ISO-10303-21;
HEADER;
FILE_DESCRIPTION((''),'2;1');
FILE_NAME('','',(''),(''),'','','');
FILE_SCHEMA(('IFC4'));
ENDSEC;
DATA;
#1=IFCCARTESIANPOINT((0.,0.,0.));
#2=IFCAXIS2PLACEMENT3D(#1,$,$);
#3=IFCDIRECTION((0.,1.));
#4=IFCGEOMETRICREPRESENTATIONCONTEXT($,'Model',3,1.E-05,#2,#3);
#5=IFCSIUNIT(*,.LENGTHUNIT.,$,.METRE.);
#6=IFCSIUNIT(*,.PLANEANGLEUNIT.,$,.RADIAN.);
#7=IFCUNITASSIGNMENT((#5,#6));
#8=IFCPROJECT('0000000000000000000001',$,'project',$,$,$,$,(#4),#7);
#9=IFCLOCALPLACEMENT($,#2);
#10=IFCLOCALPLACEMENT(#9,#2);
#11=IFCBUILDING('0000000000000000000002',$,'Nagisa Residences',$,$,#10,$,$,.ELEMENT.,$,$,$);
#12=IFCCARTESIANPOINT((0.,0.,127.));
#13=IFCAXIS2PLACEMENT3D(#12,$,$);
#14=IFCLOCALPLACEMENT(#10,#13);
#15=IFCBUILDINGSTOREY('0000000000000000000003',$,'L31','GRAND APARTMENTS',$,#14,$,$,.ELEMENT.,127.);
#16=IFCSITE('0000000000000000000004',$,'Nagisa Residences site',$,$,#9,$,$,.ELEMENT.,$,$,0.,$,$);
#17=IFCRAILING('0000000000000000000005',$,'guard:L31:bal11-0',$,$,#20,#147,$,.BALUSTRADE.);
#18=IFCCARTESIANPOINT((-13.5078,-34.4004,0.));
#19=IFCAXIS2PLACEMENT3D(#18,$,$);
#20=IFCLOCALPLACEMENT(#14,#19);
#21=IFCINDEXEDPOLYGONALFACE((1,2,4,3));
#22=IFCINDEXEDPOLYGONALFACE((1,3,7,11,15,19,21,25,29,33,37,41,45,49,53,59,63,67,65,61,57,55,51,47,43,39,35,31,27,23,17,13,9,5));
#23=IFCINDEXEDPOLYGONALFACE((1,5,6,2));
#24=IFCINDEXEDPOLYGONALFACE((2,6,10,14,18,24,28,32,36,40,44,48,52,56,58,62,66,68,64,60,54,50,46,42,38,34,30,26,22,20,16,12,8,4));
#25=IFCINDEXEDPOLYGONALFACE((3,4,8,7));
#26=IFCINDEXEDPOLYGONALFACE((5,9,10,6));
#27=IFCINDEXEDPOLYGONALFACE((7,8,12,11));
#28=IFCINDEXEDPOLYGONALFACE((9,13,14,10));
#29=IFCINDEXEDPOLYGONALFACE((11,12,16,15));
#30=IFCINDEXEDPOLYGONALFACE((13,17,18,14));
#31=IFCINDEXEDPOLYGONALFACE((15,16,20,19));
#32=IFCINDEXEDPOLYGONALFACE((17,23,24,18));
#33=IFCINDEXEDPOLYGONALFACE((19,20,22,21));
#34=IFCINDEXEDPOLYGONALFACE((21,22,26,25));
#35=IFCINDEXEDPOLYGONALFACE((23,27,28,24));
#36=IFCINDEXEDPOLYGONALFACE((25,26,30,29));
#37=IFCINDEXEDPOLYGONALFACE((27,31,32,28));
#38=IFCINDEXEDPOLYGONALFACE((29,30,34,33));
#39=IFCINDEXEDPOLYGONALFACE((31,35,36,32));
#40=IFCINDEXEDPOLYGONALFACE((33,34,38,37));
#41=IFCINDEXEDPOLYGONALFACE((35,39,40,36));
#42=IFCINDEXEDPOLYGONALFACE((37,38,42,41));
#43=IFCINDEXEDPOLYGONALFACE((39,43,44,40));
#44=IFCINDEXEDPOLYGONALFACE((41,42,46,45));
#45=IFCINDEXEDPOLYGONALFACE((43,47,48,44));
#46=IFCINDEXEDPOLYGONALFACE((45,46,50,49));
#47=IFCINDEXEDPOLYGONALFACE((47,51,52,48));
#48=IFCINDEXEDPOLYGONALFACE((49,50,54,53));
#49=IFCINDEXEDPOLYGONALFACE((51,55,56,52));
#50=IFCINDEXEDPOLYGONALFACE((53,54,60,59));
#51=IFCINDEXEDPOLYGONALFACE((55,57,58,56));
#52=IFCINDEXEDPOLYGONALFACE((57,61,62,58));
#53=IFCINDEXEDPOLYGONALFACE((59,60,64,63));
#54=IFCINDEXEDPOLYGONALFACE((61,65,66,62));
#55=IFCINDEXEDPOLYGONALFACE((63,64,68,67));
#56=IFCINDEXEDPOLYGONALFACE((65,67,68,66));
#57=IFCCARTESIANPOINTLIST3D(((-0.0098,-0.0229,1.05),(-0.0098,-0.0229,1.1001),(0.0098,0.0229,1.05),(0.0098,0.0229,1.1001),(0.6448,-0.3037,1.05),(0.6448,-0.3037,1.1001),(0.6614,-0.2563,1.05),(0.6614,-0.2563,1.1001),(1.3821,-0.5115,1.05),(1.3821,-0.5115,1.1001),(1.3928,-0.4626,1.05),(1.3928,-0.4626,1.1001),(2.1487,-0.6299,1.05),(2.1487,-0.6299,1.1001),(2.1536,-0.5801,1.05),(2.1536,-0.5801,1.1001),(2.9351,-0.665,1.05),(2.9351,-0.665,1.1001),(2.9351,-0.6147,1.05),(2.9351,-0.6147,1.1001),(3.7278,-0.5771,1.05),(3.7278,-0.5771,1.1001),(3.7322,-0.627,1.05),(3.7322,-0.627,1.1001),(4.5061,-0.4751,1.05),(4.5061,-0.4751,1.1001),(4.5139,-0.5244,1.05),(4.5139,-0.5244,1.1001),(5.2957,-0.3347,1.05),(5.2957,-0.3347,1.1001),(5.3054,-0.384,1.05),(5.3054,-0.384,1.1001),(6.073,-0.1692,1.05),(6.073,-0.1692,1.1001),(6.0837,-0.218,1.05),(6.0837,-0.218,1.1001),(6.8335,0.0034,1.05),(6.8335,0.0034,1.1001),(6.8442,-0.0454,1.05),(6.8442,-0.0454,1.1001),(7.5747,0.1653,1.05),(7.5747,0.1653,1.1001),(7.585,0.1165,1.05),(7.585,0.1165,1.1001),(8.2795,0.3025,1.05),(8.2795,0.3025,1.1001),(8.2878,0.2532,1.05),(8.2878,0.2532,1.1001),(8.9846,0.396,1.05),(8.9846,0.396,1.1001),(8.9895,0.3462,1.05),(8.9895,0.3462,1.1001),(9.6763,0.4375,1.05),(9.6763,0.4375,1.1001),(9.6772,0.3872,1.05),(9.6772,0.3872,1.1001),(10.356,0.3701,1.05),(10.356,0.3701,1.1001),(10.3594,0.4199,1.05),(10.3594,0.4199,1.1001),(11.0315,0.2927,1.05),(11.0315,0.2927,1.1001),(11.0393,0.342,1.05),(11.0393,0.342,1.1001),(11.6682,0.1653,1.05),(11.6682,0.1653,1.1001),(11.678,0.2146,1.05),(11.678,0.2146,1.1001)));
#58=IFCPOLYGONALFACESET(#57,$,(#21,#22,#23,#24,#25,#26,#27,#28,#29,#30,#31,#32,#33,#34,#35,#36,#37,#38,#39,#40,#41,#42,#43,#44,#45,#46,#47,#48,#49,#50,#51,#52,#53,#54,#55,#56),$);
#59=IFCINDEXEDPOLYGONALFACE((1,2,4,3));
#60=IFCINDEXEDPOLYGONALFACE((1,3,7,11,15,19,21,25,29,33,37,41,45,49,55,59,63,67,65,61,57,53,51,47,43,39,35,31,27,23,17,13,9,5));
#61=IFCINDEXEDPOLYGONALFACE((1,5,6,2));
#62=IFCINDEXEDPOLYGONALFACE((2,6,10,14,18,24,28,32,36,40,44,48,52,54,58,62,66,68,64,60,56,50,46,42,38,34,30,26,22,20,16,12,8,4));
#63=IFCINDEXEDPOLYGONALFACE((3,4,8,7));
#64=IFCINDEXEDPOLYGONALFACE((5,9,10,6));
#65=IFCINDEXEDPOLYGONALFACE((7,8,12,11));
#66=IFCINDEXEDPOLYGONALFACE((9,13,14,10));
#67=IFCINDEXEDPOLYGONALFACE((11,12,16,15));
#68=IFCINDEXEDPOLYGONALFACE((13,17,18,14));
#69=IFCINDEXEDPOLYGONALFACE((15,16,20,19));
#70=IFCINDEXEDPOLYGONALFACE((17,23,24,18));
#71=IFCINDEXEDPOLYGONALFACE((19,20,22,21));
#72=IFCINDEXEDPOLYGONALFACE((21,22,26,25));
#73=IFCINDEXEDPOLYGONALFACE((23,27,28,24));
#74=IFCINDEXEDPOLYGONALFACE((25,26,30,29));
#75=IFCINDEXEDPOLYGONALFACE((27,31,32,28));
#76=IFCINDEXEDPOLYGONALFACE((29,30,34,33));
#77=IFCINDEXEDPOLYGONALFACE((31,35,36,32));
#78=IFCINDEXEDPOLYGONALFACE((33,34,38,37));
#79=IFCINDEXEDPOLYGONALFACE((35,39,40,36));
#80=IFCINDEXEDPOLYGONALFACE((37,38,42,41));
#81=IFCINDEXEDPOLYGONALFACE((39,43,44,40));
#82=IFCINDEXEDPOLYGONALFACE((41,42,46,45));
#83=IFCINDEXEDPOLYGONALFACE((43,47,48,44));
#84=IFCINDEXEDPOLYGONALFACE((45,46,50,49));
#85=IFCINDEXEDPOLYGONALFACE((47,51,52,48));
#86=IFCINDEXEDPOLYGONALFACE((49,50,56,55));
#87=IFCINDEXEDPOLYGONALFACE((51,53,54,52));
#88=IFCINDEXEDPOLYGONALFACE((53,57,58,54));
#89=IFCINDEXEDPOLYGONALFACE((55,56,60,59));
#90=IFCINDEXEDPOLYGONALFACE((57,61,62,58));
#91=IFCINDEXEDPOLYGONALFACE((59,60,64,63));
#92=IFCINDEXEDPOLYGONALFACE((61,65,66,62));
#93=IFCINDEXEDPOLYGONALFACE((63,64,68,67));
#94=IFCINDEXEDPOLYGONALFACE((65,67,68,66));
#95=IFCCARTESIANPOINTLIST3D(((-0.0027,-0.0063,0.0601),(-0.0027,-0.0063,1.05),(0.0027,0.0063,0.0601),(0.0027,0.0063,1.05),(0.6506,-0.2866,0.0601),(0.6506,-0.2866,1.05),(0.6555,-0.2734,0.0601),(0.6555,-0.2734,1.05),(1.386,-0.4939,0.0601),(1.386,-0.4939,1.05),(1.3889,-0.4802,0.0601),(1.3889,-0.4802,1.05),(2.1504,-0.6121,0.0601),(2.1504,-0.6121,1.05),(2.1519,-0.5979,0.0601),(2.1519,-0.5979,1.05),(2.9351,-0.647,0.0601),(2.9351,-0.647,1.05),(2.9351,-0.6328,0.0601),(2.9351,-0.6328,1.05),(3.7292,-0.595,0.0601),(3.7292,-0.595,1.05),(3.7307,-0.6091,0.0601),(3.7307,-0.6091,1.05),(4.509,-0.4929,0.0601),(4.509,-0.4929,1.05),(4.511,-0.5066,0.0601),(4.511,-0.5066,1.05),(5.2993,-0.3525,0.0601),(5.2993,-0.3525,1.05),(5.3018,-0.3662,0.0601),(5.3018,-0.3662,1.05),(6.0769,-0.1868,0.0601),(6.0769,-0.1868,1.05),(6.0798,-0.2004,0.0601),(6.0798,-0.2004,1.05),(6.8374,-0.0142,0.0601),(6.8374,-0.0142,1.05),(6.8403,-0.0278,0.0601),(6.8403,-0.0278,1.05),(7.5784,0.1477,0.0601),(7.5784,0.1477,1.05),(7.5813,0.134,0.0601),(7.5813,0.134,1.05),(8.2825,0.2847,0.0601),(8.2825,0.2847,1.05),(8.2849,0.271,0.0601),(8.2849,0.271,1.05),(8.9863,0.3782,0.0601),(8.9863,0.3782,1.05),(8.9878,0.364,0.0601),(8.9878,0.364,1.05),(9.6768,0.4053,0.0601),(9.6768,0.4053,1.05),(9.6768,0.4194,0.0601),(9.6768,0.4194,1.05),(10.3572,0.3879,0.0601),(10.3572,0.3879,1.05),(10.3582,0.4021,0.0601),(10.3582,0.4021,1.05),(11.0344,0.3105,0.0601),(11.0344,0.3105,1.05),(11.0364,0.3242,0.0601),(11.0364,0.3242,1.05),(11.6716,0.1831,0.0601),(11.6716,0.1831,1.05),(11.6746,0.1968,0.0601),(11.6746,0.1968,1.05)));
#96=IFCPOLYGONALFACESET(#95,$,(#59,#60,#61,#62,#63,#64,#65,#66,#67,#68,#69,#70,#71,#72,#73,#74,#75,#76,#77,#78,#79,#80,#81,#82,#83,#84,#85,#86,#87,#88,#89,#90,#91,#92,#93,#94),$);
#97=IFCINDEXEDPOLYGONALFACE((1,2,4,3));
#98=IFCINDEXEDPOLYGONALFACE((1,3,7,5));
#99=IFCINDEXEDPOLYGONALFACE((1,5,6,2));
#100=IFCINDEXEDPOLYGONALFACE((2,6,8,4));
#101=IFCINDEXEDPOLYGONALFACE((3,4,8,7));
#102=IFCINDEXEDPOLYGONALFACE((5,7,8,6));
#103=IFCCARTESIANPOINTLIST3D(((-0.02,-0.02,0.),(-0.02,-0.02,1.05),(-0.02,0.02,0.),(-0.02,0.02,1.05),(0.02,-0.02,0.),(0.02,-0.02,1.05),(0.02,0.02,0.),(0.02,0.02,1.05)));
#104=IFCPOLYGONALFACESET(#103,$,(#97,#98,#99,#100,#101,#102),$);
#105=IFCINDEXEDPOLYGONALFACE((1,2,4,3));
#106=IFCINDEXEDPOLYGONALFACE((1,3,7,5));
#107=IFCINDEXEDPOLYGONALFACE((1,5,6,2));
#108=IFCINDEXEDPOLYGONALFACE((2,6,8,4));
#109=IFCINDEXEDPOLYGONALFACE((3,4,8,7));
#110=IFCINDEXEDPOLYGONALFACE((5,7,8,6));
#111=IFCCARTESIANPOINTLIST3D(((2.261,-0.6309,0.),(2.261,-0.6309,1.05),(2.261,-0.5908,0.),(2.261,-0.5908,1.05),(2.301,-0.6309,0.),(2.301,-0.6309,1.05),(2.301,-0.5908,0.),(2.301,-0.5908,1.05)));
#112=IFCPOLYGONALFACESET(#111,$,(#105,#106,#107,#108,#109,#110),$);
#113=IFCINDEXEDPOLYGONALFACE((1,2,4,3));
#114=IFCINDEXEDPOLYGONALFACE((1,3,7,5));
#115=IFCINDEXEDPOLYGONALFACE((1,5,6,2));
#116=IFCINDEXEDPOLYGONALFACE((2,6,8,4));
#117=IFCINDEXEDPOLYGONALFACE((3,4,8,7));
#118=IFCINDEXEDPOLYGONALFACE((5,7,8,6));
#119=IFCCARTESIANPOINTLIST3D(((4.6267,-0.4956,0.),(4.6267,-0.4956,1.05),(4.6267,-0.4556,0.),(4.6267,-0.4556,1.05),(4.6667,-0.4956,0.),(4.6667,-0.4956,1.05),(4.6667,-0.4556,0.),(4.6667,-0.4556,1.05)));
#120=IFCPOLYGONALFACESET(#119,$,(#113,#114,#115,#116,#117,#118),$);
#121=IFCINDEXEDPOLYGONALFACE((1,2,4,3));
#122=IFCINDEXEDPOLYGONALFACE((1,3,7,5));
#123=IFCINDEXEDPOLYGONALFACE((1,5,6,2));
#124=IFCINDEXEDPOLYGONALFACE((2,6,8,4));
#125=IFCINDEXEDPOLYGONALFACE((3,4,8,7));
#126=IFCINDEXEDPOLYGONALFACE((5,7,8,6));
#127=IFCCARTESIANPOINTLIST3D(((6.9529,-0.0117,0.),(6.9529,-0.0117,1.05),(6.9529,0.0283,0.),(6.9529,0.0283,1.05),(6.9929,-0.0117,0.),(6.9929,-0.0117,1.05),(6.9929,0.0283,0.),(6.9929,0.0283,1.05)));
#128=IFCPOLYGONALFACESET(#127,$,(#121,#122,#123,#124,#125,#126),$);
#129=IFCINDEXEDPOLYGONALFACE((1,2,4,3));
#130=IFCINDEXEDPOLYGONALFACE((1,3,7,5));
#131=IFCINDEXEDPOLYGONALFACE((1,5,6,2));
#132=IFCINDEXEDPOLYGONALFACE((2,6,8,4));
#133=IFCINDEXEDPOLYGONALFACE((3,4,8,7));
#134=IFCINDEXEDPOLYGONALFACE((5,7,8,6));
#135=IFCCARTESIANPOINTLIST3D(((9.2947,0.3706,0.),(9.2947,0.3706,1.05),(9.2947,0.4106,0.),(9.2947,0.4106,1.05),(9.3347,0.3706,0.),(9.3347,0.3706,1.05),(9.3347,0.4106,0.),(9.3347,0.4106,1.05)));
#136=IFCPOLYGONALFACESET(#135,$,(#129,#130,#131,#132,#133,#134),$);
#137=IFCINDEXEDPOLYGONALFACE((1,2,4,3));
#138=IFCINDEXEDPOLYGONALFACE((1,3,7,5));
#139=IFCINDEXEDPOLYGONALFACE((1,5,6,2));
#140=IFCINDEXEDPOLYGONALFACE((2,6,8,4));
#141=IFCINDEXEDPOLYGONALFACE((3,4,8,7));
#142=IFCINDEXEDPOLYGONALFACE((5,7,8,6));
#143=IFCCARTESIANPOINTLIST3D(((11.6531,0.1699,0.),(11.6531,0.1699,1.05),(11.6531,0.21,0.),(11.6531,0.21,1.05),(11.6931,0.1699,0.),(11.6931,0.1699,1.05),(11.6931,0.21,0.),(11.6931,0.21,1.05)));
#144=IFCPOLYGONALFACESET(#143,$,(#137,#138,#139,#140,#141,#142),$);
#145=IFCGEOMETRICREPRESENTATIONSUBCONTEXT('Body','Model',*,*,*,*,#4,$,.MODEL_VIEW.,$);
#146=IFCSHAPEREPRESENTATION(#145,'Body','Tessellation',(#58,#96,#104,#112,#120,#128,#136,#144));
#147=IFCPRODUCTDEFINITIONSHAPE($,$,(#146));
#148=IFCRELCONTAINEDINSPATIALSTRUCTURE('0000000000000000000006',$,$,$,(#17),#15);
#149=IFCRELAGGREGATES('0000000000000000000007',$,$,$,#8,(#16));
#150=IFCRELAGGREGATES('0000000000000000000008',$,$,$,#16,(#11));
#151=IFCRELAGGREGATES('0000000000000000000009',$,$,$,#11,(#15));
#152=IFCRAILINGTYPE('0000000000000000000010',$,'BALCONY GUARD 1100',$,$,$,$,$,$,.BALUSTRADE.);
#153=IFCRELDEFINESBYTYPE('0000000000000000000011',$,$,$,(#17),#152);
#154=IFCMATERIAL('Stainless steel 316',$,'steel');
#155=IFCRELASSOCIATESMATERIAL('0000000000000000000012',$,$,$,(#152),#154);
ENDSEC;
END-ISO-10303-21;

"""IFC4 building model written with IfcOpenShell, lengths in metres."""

from ifc_helpers import new_model, si_unit, direction, frame, origin, origin_2d, place, context, subcontext, project, spatial, polyline, rectangle, outline, extrude, material, type_object, element, save


model = new_model("IFC4")

# Units and contexts
model_context = context("Model", 3, precision=1e-05, world=origin(), true_north=direction((0.0, 1.0)))
body_context = subcontext(model_context, "Body", "Model", "MODEL_VIEW")
ifc_project = project(units=[si_unit("LENGTHUNIT", "METRE"), si_unit("PLANEANGLEUNIT", "RADIAN")], contexts=[model_context])

# Site, building, storey
site_placement = place(None, origin())
site = spatial("IfcSite", under=ifc_project, at=site_placement, Name="Nagisa Residences site", CompositionType="ELEMENT", RefElevation=0.0)
building_placement = place(site_placement, origin())
building = spatial("IfcBuilding", under=site, at=building_placement, Name="Nagisa Residences", CompositionType="ELEMENT")
storey_placement = place(building_placement, frame((0.0, 0.0, 127.0)))
storey = spatial("IfcBuildingStorey", under=building, at=storey_placement, Name="L31", Description="GRAND APARTMENTS", CompositionType="ELEMENT", Elevation=127.0)

# Railing
ifc_material_1 = material(Name="Stainless steel 316", Category="steel")
railing_type = type_object("IfcRailingType", Name="BALCONY GUARD 1100", PredefinedType="BALUSTRADE", material=ifc_material_1)
railing_1_placement = place(storey_placement, frame((-13.5078, -34.4004, 0.0)))
element("IfcRailing", 1, at=railing_1_placement, inside=storey, type_object=railing_type, Name="guard:L31:bal11-0", PredefinedType="BALUSTRADE", context=body_context, shape_type="SweptSolid", body=[
    extrude(outline(polyline([(0.6614, -0.2563), (0.0098, 0.0229), (-0.0098, -0.0229), (0.6448, -0.3037), (1.3821, -0.5115), (2.1487, -0.6299), (2.9351, -0.665), (3.7322, -0.627), (4.5139, -0.5244), (5.3054, -0.384), (6.0837, -0.218), (6.8442, -0.0454), (7.585, 0.1165), (8.2878, 0.2532), (8.9895, 0.3462), (9.6772, 0.3872), (10.356, 0.3701), (11.0315, 0.2927), (11.6682, 0.1653), (11.678, 0.2146), (11.0393, 0.342), (10.3594, 0.4199), (9.6763, 0.4375), (8.9846, 0.396), (8.2795, 0.3025), (7.5747, 0.1653), (6.8335, 0.0034), (6.073, -0.1692), (5.2957, -0.3347), (4.5061, -0.4751), (3.7278, -0.5771), (2.9351, -0.6147), (2.1536, -0.5801), (1.3928, -0.4626), (0.6614, -0.2563)])), frame((0.0, 0.0, 1.05)), (0.0, 0.0, 1.0), 0.05),
    extrude(outline(polyline([(0.6555, -0.2734), (0.0027, 0.0063), (-0.0027, -0.0063), (0.6506, -0.2866), (1.386, -0.4939), (2.1504, -0.6121), (2.9351, -0.647), (3.7307, -0.6091), (4.511, -0.5066), (5.3018, -0.3662), (6.0798, -0.2004), (6.8403, -0.0278), (7.5813, 0.134), (8.2849, 0.271), (8.9878, 0.364), (9.6768, 0.4053), (10.3572, 0.3879), (11.0344, 0.3105), (11.6716, 0.1831), (11.6746, 0.1968), (11.0364, 0.3242), (10.3582, 0.4021), (9.6768, 0.4194), (8.9863, 0.3782), (8.2825, 0.2847), (7.5784, 0.1477), (6.8374, -0.0142), (6.0769, -0.1868), (5.2993, -0.3525), (4.509, -0.4929), (3.7292, -0.595), (2.9351, -0.6328), (2.1519, -0.5979), (1.3889, -0.4802), (0.6555, -0.2734)])), frame((0.0, 0.0, 0.0601)), (0.0, 0.0, 1.0), 0.99),
    extrude(rectangle(XDim=0.04, YDim=0.04, at=origin_2d()), origin(), (0.0, 0.0, 1.0), 1.05),
    extrude(rectangle(XDim=0.04, YDim=0.04, at=origin_2d()), frame((2.281, -0.6108, 0.0)), (0.0, 0.0, 1.0), 1.05),
    extrude(rectangle(XDim=0.04, YDim=0.04, at=origin_2d()), frame((4.6467, -0.4756, 0.0)), (0.0, 0.0, 1.0), 1.05),
    extrude(rectangle(XDim=0.04, YDim=0.04, at=origin_2d()), frame((6.9729, 0.0083, 0.0)), (0.0, 0.0, 1.0), 1.05),
    extrude(rectangle(XDim=0.04, YDim=0.04, at=origin_2d()), frame((9.3147, 0.3906, 0.0)), (0.0, 0.0, 1.0), 1.05),
    extrude(rectangle(XDim=0.04, YDim=0.04, at=origin_2d()), frame((11.6731, 0.1899, 0.0)), (0.0, 0.0, 1.0), 1.05),
])

save(model, "model.ifc")
